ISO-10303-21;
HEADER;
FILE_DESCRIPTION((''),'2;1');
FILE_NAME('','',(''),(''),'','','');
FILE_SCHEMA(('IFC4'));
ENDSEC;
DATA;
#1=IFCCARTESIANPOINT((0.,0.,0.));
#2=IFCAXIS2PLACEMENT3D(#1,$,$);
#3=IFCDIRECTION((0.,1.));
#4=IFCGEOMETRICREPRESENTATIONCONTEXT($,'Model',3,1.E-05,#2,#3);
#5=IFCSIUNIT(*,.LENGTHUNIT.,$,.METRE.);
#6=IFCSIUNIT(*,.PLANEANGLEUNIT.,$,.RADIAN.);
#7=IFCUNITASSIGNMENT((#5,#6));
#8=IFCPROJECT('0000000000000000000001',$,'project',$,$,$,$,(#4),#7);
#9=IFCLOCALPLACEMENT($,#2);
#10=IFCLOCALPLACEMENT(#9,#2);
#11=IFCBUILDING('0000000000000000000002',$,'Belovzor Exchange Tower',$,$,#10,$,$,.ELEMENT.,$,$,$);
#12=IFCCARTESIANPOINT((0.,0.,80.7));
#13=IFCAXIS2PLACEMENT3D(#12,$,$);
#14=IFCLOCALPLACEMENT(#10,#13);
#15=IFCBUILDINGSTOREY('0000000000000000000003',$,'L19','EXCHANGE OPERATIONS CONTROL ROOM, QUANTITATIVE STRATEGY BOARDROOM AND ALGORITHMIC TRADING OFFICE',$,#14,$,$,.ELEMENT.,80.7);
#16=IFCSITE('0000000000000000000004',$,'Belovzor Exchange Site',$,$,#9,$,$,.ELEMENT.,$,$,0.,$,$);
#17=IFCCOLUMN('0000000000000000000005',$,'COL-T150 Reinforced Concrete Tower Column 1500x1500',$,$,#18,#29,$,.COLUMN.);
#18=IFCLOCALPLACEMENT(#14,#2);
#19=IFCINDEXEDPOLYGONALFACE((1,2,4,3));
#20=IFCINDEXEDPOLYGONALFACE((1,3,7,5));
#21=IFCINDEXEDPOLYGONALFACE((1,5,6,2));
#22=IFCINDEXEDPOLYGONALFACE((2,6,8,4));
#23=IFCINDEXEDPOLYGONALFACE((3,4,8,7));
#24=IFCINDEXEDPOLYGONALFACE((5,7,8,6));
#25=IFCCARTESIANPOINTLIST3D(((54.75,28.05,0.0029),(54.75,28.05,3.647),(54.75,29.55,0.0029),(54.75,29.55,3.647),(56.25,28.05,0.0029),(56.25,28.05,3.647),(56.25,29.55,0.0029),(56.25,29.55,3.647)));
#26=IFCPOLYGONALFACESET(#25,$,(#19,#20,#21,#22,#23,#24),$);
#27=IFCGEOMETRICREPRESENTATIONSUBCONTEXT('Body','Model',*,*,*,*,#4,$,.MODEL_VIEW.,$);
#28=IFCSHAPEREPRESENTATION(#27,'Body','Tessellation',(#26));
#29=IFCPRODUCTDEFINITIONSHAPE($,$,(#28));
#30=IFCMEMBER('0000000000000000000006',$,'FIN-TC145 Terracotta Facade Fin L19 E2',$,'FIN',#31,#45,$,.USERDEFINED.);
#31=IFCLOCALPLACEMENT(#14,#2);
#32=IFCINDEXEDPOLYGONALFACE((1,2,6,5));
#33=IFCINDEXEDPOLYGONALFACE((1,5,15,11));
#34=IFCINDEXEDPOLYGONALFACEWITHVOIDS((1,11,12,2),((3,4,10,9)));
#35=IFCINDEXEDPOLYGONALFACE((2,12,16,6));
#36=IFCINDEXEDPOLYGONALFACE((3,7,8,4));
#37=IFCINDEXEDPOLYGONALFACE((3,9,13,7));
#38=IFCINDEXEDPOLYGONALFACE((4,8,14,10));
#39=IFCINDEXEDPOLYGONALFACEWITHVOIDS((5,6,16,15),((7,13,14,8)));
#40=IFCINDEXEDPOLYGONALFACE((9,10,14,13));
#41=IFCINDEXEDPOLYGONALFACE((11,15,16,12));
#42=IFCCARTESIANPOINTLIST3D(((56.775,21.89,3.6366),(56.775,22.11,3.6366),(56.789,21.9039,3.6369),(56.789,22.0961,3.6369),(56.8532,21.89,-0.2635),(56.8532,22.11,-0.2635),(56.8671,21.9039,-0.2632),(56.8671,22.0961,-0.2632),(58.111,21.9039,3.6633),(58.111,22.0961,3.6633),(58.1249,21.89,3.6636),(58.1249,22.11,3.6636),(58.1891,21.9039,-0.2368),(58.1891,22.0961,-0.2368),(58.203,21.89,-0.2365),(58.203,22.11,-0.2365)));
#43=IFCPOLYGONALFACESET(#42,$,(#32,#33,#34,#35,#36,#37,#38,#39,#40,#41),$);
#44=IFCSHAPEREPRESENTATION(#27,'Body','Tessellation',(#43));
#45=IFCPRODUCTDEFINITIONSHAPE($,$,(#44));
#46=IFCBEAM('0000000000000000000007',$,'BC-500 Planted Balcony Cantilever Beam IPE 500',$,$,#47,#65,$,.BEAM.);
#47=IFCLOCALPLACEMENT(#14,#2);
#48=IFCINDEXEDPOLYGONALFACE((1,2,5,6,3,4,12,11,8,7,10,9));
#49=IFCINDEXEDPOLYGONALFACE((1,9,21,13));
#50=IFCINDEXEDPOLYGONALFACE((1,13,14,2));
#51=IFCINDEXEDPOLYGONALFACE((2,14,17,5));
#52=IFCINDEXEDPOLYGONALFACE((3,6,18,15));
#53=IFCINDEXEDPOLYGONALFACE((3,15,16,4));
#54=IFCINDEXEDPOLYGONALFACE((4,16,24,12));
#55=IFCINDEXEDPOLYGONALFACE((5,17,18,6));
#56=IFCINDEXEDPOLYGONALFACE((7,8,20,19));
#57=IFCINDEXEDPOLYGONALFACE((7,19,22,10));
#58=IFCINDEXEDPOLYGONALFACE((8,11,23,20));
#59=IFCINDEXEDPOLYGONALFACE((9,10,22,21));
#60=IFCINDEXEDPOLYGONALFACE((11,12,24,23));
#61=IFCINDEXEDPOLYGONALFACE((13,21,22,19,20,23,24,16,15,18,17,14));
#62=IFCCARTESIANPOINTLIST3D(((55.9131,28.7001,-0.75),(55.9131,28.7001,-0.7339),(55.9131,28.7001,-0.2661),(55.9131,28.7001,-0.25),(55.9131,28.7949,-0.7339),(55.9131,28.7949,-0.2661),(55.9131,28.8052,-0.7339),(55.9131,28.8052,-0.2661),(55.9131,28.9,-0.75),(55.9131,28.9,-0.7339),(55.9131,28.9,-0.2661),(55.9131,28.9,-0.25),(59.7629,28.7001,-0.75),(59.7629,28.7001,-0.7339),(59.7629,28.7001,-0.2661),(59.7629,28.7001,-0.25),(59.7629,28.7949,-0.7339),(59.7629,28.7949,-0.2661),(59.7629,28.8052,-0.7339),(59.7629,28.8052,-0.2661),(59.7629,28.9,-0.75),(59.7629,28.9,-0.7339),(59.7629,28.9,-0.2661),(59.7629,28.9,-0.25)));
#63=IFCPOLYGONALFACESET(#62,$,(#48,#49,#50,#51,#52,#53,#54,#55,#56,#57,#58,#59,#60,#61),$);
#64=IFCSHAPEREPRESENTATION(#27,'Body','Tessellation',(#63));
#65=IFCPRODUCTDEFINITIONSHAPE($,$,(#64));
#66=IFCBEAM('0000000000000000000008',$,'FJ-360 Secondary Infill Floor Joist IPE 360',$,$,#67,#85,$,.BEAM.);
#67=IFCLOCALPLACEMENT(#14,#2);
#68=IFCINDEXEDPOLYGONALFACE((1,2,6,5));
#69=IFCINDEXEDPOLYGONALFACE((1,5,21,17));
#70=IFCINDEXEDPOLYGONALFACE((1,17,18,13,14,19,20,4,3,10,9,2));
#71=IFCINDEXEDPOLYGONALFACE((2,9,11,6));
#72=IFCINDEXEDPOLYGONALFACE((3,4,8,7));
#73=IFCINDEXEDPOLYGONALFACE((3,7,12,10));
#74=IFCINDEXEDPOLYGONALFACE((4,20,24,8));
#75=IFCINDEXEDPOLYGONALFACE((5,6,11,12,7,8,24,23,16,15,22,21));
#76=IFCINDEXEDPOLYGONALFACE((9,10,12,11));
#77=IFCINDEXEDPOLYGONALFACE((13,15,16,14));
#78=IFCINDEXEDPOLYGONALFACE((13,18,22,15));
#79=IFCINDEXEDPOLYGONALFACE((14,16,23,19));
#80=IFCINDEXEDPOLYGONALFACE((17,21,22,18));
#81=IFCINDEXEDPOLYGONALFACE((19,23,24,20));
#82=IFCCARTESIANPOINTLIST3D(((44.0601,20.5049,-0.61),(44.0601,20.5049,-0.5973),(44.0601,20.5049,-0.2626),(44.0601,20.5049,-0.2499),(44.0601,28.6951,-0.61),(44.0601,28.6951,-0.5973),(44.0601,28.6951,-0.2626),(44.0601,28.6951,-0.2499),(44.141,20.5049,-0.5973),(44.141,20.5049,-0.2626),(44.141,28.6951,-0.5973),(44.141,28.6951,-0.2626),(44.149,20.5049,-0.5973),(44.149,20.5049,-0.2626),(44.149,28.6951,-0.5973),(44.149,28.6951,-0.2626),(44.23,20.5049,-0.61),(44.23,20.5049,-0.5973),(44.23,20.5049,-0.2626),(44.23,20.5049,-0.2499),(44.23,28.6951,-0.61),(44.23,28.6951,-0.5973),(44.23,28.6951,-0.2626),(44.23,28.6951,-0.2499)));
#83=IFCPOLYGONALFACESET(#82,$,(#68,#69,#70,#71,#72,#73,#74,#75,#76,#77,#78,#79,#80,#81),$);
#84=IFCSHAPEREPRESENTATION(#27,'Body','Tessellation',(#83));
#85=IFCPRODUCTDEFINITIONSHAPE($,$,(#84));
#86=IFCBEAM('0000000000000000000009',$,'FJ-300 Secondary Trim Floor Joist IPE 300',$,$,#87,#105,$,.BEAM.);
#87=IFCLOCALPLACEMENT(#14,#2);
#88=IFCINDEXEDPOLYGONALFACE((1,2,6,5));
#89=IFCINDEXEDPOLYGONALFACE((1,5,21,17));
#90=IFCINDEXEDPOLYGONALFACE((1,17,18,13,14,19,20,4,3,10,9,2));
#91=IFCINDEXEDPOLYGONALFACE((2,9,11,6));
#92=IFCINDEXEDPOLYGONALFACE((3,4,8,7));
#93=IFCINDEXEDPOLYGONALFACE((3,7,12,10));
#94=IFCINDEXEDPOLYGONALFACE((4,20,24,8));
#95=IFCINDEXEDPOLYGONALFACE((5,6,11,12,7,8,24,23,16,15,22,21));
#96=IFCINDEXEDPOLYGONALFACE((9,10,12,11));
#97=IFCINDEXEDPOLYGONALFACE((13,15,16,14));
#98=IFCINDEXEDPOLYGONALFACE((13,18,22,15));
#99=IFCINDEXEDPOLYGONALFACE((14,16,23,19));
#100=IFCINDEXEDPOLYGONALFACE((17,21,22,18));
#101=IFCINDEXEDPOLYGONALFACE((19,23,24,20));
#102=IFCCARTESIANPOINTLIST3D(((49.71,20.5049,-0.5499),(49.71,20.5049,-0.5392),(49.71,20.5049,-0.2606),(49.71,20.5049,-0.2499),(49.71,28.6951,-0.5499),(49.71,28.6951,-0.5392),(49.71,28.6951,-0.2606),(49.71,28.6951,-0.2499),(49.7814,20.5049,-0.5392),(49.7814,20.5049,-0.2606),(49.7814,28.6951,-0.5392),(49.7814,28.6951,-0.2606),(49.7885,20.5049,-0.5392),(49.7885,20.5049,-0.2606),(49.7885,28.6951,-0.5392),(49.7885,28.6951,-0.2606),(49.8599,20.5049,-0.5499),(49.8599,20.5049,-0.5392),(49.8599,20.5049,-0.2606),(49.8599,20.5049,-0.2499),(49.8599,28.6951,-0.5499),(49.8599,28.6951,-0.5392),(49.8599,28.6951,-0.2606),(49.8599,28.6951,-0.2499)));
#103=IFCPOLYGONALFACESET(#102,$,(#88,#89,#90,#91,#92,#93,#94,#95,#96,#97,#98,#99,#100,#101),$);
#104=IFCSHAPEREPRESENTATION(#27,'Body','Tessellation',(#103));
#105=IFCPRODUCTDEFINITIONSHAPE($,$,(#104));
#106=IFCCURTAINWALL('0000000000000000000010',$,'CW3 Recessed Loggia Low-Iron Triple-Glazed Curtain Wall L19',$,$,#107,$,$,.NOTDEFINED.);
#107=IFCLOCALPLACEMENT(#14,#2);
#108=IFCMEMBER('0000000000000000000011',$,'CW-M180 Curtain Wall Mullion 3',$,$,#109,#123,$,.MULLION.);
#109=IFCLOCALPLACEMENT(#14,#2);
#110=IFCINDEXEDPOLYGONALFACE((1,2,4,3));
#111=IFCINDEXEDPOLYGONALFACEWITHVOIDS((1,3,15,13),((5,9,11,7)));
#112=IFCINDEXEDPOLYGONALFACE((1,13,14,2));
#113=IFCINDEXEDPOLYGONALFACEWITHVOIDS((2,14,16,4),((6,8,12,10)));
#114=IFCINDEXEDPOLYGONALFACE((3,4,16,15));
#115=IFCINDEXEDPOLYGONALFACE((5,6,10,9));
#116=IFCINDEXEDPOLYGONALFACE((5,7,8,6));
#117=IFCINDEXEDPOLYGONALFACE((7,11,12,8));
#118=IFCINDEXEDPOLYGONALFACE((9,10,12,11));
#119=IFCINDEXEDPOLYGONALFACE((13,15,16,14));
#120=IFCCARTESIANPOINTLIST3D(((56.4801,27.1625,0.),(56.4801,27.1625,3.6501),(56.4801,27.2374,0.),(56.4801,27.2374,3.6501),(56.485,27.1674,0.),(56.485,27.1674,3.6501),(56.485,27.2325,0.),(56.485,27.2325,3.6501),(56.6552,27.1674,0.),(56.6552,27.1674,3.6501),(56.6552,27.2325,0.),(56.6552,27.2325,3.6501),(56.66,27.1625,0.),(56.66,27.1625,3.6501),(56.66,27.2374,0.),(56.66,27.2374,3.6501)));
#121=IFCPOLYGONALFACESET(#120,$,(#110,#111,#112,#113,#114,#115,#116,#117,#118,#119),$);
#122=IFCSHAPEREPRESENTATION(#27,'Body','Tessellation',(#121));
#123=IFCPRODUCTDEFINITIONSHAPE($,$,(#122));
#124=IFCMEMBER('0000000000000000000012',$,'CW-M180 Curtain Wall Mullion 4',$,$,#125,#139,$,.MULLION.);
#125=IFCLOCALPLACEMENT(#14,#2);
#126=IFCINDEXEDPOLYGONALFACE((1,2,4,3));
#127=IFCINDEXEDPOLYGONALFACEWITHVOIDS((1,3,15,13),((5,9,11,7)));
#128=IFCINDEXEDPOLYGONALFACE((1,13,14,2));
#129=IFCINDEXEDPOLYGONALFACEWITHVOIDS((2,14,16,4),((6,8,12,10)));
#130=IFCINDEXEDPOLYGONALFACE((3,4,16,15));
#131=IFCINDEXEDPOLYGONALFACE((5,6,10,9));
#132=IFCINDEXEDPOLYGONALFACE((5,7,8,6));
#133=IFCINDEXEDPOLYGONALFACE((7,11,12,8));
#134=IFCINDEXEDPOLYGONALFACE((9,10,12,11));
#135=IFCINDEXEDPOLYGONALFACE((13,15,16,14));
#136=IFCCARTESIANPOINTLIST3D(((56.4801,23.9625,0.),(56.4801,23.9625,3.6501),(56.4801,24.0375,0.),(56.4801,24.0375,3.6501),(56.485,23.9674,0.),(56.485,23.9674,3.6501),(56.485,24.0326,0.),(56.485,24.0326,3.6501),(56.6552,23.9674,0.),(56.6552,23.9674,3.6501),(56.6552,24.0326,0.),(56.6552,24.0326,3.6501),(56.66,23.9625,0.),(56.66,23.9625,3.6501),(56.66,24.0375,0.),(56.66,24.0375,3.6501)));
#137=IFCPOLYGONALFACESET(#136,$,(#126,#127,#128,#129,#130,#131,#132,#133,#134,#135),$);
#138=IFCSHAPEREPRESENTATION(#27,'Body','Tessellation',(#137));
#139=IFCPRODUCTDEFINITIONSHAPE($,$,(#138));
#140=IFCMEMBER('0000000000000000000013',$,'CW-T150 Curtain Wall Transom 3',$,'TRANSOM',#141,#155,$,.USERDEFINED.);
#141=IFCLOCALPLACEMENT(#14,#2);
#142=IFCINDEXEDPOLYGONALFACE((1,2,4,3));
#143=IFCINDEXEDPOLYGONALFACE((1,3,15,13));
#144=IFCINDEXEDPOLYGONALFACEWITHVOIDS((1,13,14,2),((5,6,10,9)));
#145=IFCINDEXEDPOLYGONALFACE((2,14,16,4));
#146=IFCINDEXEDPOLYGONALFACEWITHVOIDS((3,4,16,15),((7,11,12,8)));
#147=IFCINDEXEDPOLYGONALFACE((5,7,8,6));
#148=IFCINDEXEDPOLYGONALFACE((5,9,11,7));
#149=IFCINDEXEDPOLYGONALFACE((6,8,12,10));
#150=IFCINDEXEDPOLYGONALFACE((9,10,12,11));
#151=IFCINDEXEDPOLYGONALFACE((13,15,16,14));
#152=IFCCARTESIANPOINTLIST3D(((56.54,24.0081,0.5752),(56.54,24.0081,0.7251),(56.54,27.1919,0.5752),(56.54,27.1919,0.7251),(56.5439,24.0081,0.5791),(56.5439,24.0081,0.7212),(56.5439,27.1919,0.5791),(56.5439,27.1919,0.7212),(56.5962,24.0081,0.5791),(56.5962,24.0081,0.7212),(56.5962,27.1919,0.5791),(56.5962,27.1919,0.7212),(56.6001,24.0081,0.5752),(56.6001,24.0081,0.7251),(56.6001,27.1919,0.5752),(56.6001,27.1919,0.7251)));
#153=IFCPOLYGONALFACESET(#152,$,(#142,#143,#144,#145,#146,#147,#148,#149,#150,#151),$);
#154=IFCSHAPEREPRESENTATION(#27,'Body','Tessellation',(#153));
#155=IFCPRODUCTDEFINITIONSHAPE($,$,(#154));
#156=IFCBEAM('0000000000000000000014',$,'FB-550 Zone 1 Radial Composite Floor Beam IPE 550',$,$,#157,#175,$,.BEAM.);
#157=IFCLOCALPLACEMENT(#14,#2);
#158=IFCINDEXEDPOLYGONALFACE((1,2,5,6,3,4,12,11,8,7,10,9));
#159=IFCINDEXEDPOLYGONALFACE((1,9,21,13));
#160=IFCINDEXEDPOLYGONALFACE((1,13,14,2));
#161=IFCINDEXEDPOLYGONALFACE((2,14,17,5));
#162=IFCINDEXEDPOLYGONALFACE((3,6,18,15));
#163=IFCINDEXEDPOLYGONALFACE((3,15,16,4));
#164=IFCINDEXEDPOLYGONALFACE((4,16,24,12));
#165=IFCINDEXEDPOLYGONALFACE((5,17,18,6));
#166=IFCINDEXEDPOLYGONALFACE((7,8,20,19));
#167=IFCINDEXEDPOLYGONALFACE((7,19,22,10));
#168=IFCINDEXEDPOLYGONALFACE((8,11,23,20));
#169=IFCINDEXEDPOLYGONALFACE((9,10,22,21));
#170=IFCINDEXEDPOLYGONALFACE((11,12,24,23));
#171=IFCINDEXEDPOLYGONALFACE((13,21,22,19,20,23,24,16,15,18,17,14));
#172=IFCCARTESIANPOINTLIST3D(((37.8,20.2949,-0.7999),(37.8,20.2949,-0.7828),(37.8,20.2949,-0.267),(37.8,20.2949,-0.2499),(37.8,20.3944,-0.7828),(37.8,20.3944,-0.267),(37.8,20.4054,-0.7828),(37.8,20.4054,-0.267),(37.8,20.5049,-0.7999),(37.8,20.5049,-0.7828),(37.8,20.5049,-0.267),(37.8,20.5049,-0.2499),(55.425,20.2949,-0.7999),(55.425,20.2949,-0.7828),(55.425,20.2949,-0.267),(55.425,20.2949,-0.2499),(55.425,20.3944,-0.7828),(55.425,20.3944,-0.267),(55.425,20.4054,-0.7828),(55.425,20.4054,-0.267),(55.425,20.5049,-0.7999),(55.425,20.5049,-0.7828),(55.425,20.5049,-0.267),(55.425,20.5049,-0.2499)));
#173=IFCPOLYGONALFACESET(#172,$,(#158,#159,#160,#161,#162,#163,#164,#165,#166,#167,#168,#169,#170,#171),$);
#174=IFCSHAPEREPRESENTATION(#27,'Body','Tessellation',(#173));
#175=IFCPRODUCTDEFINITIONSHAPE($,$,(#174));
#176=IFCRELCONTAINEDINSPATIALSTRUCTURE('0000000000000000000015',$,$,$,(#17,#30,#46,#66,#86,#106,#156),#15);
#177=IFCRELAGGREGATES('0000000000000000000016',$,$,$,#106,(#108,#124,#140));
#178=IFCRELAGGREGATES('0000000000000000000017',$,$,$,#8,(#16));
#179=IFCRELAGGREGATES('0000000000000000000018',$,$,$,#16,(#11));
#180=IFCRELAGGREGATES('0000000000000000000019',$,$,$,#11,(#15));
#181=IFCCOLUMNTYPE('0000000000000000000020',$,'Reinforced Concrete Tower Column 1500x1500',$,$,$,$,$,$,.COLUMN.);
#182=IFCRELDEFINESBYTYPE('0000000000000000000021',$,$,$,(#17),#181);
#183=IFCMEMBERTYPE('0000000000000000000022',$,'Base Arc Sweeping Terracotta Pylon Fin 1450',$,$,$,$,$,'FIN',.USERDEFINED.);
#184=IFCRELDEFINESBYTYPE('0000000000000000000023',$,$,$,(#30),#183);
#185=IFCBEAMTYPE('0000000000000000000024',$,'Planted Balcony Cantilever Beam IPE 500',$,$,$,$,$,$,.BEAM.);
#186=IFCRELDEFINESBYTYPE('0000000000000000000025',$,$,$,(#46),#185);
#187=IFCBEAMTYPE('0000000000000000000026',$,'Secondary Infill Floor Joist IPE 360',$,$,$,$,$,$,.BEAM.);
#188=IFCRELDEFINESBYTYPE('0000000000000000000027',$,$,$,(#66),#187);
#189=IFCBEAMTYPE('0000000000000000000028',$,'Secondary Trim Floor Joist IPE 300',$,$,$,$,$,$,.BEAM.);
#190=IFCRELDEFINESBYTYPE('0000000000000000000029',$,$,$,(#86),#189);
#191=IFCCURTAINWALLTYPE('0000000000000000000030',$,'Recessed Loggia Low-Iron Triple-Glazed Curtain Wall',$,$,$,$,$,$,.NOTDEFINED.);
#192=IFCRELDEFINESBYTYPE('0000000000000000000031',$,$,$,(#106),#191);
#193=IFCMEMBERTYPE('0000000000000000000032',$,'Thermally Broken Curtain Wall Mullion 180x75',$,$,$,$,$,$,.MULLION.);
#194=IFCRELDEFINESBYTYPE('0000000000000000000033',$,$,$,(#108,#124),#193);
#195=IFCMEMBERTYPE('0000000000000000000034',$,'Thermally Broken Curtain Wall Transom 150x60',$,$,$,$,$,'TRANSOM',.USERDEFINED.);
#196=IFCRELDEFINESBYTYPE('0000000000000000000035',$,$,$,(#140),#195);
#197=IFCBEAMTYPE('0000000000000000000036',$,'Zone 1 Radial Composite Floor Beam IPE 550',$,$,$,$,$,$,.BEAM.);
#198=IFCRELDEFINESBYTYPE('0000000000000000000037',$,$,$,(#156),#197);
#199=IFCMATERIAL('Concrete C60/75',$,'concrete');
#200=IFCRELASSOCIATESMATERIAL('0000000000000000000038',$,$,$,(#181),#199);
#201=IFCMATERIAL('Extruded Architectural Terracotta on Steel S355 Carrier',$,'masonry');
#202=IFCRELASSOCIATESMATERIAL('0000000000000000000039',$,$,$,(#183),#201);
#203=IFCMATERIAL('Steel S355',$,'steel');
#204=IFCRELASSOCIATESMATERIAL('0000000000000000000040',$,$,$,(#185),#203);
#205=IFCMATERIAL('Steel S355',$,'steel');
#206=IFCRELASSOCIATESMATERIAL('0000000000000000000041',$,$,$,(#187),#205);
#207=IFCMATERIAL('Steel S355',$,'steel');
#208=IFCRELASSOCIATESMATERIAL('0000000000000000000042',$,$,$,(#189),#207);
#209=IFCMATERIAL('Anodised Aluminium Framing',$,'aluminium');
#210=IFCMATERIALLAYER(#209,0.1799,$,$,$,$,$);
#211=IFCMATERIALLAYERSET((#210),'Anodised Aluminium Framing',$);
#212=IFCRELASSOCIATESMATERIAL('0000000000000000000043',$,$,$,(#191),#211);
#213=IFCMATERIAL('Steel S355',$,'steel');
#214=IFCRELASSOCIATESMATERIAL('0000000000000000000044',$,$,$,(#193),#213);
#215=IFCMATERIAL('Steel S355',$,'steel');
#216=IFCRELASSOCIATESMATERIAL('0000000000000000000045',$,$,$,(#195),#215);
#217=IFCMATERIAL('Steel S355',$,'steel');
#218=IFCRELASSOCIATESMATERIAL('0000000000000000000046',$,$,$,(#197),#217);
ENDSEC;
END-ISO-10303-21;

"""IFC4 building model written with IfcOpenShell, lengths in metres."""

from ifc_helpers import new_model, si_unit, direction, frame, origin, origin_2d, place, context, subcontext, project, spatial, rectangle, hollow_rectangle, i_section, extrude, material, layer, layer_set, material_profile, profile_set, type_object, element, aggregate, save


model = new_model("IFC4")

# Units and contexts
model_context = context("Model", 3, precision=1e-05, world=origin(), true_north=direction((0.0, 1.0)))
body_context = subcontext(model_context, "Body", "Model", "MODEL_VIEW")
ifc_project = project(units=[si_unit("LENGTHUNIT", "METRE"), si_unit("PLANEANGLEUNIT", "RADIAN")], contexts=[model_context])

# Site, building, storey
site_placement = place(None, origin())
site = spatial("IfcSite", under=ifc_project, at=site_placement, Name="Belovzor Exchange Site", CompositionType="ELEMENT", RefElevation=0.0)
building_placement = place(site_placement, origin())
building = spatial("IfcBuilding", under=site, at=building_placement, Name="Belovzor Exchange Tower", CompositionType="ELEMENT")
storey_placement = place(building_placement, frame((0.0, 0.0, 80.7)))
storey = spatial("IfcBuildingStorey", under=building, at=storey_placement, Name="L19", Description="EXCHANGE OPERATIONS CONTROL ROOM, QUANTITATIVE STRATEGY BOARDROOM AND ALGORITHMIC TRADING OFFICE", CompositionType="ELEMENT", Elevation=80.7)

# Column
ifc_material_1 = material(Name="Concrete C60/75", Category="concrete")
ifc_material_profile_1 = material_profile(ifc_material_1, rectangle(XDim=1.5, YDim=1.5, at=origin_2d()))
ifc_profile_set_1 = profile_set([ifc_material_profile_1], Name="Concrete C60/75")
column_type = type_object("IfcColumnType", Name="Reinforced Concrete Tower Column 1500x1500", PredefinedType="COLUMN", material=ifc_profile_set_1)
column_placement = place(storey_placement, frame((55.5, 28.8, 0.0029), z_axis=(0.0, 0.0, 1.0), x_axis=(1.0, 0.0, 0.0)))
element("IfcColumn", 1, at=column_placement, inside=storey, type_object=column_type, Name="COL-T150 Reinforced Concrete Tower Column 1500x1500", PredefinedType="COLUMN", context=body_context, shape_type="SweptSolid", body=[
    extrude(rectangle(XDim=1.5, YDim=1.5, at=origin_2d()), origin(), (0.0, 0.0, 1.0), 3.644),
])

# Member
ifc_material_2 = material(Name="Extruded Architectural Terracotta on Steel S355 Carrier", Category="masonry")
ifc_material_profile_2 = material_profile(ifc_material_2, hollow_rectangle(XDim=0.22, YDim=1.3501, WallThickness=0.0139, at=origin_2d()))
ifc_profile_set_2 = profile_set([ifc_material_profile_2], Name="Extruded Architectural Terracotta on Steel S355 Carrier")
member_type_1 = type_object("IfcMemberType", Name="Base Arc Sweeping Terracotta Pylon Fin 1450", ElementType="FIN", PredefinedType="USERDEFINED", material=ifc_profile_set_2)
member_1_placement = place(storey_placement, frame((57.5281, 22.0, -0.25), z_axis=(-0.020027, 0.0, 0.999799), x_axis=(0.0, -1.0, 0.0)))
element("IfcMember", 2, at=member_1_placement, inside=storey, type_object=member_type_1, Name="FIN-TC145 Terracotta Facade Fin L19 E2", ObjectType="FIN", PredefinedType="USERDEFINED", context=body_context, shape_type="SweptSolid", body=[
    extrude(hollow_rectangle(XDim=0.22, YDim=1.3501, WallThickness=0.0139, at=origin_2d()), origin(), (0.0, 0.0, 1.0), 3.9009),
])

# Beams
ifc_material_3 = material(Name="Steel S355", Category="steel")
ifc_material_profile_3 = material_profile(ifc_material_3, i_section(OverallWidth=0.2, OverallDepth=0.5, WebThickness=0.0103, FlangeThickness=0.0161, at=origin_2d()))
ifc_profile_set_3 = profile_set([ifc_material_profile_3], Name="Steel S355")
beam_type_1 = type_object("IfcBeamType", Name="Planted Balcony Cantilever Beam IPE 500", PredefinedType="BEAM", material=ifc_profile_set_3)
beam_1_placement = place(storey_placement, frame((55.9131, 28.8, -0.5), z_axis=(1.0, 0.0, 0.0), x_axis=(0.0, 1.0, 0.0)))
element("IfcBeam", 3, at=beam_1_placement, inside=storey, type_object=beam_type_1, Name="BC-500 Planted Balcony Cantilever Beam IPE 500", PredefinedType="BEAM", context=body_context, shape_type="SweptSolid", body=[
    extrude(i_section(OverallWidth=0.2, OverallDepth=0.5, WebThickness=0.0103, FlangeThickness=0.0161, at=origin_2d()), origin(), (0.0, 0.0, 1.0), 3.8499),
])
ifc_material_4 = material(Name="Steel S355", Category="steel")
ifc_material_profile_4 = material_profile(ifc_material_4, i_section(OverallWidth=0.1699, OverallDepth=0.3601, WebThickness=0.0081, FlangeThickness=0.0127, at=origin_2d()))
ifc_profile_set_4 = profile_set([ifc_material_profile_4], Name="Steel S355")
beam_type_2 = type_object("IfcBeamType", Name="Secondary Infill Floor Joist IPE 360", PredefinedType="BEAM", material=ifc_profile_set_4)
beam_2_placement = place(storey_placement, frame((44.145, 20.5049, -0.4299), z_axis=(0.0, 1.0, 0.0), x_axis=(-1.0, 0.0, 0.0)))
element("IfcBeam", 4, at=beam_2_placement, inside=storey, type_object=beam_type_2, Name="FJ-360 Secondary Infill Floor Joist IPE 360", PredefinedType="BEAM", context=body_context, shape_type="SweptSolid", body=[
    extrude(i_section(OverallWidth=0.1699, OverallDepth=0.3601, WebThickness=0.0081, FlangeThickness=0.0127, at=origin_2d()), origin(), (0.0, 0.0, 1.0), 8.1902),
])
ifc_material_5 = material(Name="Steel S355", Category="steel")
ifc_material_profile_5 = material_profile(ifc_material_5, i_section(OverallWidth=0.1499, OverallDepth=0.3, WebThickness=0.0071, FlangeThickness=0.0107, at=origin_2d()))
ifc_profile_set_5 = profile_set([ifc_material_profile_5], Name="Steel S355")
beam_type_3 = type_object("IfcBeamType", Name="Secondary Trim Floor Joist IPE 300", PredefinedType="BEAM", material=ifc_profile_set_5)
beam_3_placement = place(storey_placement, frame((49.7849, 20.5049, -0.3999), z_axis=(0.0, 1.0, 0.0), x_axis=(-1.0, 0.0, 0.0)))
element("IfcBeam", 5, at=beam_3_placement, inside=storey, type_object=beam_type_3, Name="FJ-300 Secondary Trim Floor Joist IPE 300", PredefinedType="BEAM", context=body_context, shape_type="SweptSolid", body=[
    extrude(i_section(OverallWidth=0.1499, OverallDepth=0.3, WebThickness=0.0071, FlangeThickness=0.0107, at=origin_2d()), origin(), (0.0, 0.0, 1.0), 8.1902),
])

# Curtain wall, members
ifc_material_6 = material(Name="Anodised Aluminium Framing", Category="aluminium")
ifc_layer_1 = layer(ifc_material_6, 0.1799)
ifc_layer_set_1 = layer_set([ifc_layer_1], Name="Anodised Aluminium Framing")
curtain_wall_type = type_object("IfcCurtainWallType", Name="Recessed Loggia Low-Iron Triple-Glazed Curtain Wall", PredefinedType="NOTDEFINED", material=ifc_layer_set_1)
curtain_wall_placement = place(storey_placement, origin())
curtain_wall = element("IfcCurtainWall", 6, at=curtain_wall_placement, inside=storey, type_object=curtain_wall_type, Name="CW3 Recessed Loggia Low-Iron Triple-Glazed Curtain Wall L19", PredefinedType="NOTDEFINED")
ifc_material_7 = material(Name="Steel S355", Category="steel")
ifc_material_profile_6 = material_profile(ifc_material_7, hollow_rectangle(XDim=0.075, YDim=0.1799, WallThickness=0.0049, at=origin_2d()))
ifc_profile_set_6 = profile_set([ifc_material_profile_6], Name="Steel S355")
member_type_2 = type_object("IfcMemberType", Name="Thermally Broken Curtain Wall Mullion 180x75", PredefinedType="MULLION", material=ifc_profile_set_6)
member_2_placement = place(storey_placement, frame((56.5701, 27.2, 0.0), z_axis=(0.0, 0.0, 1.0), x_axis=(0.0, -1.0, 0.0)))
member_2 = element("IfcMember", 7, at=member_2_placement, type_object=member_type_2, Name="CW-M180 Curtain Wall Mullion 3", PredefinedType="MULLION", context=body_context, shape_type="SweptSolid", body=[
    extrude(hollow_rectangle(XDim=0.075, YDim=0.1799, WallThickness=0.0049, at=origin_2d()), origin(), (0.0, 0.0, 1.0), 3.6501),
])
member_3_placement = place(storey_placement, frame((56.5701, 24.0, 0.0), z_axis=(0.0, 0.0, 1.0), x_axis=(0.0, -1.0, 0.0)))
member_3 = element("IfcMember", 8, at=member_3_placement, type_object=member_type_2, Name="CW-M180 Curtain Wall Mullion 4", PredefinedType="MULLION", context=body_context, shape_type="SweptSolid", body=[
    extrude(hollow_rectangle(XDim=0.075, YDim=0.1799, WallThickness=0.0049, at=origin_2d()), origin(), (0.0, 0.0, 1.0), 3.6501),
])
ifc_material_8 = material(Name="Steel S355", Category="steel")
ifc_material_profile_7 = material_profile(ifc_material_8, hollow_rectangle(XDim=0.0601, YDim=0.1499, WallThickness=0.0039, at=origin_2d()))
ifc_profile_set_7 = profile_set([ifc_material_profile_7], Name="Steel S355")
member_type_3 = type_object("IfcMemberType", Name="Thermally Broken Curtain Wall Transom 150x60", ElementType="TRANSOM", PredefinedType="USERDEFINED", material=ifc_profile_set_7)
member_4_placement = place(storey_placement, frame((56.5701, 27.1919, 0.6501), z_axis=(0.0, -1.0, 0.0), x_axis=(1.0, 0.0, 0.0)))
member_4 = element("IfcMember", 9, at=member_4_placement, type_object=member_type_3, Name="CW-T150 Curtain Wall Transom 3", ObjectType="TRANSOM", PredefinedType="USERDEFINED", context=body_context, shape_type="SweptSolid", body=[
    extrude(hollow_rectangle(XDim=0.0601, YDim=0.1499, WallThickness=0.0039, at=origin_2d()), origin(), (0.0, 0.0, 1.0), 3.1838),
])

# Beam
ifc_material_9 = material(Name="Steel S355", Category="steel")
ifc_material_profile_8 = material_profile(ifc_material_9, i_section(OverallWidth=0.21, OverallDepth=0.55, WebThickness=0.011, FlangeThickness=0.0171, at=origin_2d()))
ifc_profile_set_8 = profile_set([ifc_material_profile_8], Name="Steel S355")
beam_type_4 = type_object("IfcBeamType", Name="Zone 1 Radial Composite Floor Beam IPE 550", PredefinedType="BEAM", material=ifc_profile_set_8)
beam_4_placement = place(storey_placement, frame((37.8, 20.3999, -0.5249), z_axis=(1.0, 0.0, 0.0), x_axis=(0.0, 1.0, 0.0)))
element("IfcBeam", 10, at=beam_4_placement, inside=storey, type_object=beam_type_4, Name="FB-550 Zone 1 Radial Composite Floor Beam IPE 550", PredefinedType="BEAM", context=body_context, shape_type="SweptSolid", body=[
    extrude(i_section(OverallWidth=0.21, OverallDepth=0.55, WebThickness=0.011, FlangeThickness=0.0171, at=origin_2d()), origin(), (0.0, 0.0, 1.0), 17.625),
])

aggregate(curtain_wall, [member_2, member_3, member_4])

save(model, "model.ifc")
